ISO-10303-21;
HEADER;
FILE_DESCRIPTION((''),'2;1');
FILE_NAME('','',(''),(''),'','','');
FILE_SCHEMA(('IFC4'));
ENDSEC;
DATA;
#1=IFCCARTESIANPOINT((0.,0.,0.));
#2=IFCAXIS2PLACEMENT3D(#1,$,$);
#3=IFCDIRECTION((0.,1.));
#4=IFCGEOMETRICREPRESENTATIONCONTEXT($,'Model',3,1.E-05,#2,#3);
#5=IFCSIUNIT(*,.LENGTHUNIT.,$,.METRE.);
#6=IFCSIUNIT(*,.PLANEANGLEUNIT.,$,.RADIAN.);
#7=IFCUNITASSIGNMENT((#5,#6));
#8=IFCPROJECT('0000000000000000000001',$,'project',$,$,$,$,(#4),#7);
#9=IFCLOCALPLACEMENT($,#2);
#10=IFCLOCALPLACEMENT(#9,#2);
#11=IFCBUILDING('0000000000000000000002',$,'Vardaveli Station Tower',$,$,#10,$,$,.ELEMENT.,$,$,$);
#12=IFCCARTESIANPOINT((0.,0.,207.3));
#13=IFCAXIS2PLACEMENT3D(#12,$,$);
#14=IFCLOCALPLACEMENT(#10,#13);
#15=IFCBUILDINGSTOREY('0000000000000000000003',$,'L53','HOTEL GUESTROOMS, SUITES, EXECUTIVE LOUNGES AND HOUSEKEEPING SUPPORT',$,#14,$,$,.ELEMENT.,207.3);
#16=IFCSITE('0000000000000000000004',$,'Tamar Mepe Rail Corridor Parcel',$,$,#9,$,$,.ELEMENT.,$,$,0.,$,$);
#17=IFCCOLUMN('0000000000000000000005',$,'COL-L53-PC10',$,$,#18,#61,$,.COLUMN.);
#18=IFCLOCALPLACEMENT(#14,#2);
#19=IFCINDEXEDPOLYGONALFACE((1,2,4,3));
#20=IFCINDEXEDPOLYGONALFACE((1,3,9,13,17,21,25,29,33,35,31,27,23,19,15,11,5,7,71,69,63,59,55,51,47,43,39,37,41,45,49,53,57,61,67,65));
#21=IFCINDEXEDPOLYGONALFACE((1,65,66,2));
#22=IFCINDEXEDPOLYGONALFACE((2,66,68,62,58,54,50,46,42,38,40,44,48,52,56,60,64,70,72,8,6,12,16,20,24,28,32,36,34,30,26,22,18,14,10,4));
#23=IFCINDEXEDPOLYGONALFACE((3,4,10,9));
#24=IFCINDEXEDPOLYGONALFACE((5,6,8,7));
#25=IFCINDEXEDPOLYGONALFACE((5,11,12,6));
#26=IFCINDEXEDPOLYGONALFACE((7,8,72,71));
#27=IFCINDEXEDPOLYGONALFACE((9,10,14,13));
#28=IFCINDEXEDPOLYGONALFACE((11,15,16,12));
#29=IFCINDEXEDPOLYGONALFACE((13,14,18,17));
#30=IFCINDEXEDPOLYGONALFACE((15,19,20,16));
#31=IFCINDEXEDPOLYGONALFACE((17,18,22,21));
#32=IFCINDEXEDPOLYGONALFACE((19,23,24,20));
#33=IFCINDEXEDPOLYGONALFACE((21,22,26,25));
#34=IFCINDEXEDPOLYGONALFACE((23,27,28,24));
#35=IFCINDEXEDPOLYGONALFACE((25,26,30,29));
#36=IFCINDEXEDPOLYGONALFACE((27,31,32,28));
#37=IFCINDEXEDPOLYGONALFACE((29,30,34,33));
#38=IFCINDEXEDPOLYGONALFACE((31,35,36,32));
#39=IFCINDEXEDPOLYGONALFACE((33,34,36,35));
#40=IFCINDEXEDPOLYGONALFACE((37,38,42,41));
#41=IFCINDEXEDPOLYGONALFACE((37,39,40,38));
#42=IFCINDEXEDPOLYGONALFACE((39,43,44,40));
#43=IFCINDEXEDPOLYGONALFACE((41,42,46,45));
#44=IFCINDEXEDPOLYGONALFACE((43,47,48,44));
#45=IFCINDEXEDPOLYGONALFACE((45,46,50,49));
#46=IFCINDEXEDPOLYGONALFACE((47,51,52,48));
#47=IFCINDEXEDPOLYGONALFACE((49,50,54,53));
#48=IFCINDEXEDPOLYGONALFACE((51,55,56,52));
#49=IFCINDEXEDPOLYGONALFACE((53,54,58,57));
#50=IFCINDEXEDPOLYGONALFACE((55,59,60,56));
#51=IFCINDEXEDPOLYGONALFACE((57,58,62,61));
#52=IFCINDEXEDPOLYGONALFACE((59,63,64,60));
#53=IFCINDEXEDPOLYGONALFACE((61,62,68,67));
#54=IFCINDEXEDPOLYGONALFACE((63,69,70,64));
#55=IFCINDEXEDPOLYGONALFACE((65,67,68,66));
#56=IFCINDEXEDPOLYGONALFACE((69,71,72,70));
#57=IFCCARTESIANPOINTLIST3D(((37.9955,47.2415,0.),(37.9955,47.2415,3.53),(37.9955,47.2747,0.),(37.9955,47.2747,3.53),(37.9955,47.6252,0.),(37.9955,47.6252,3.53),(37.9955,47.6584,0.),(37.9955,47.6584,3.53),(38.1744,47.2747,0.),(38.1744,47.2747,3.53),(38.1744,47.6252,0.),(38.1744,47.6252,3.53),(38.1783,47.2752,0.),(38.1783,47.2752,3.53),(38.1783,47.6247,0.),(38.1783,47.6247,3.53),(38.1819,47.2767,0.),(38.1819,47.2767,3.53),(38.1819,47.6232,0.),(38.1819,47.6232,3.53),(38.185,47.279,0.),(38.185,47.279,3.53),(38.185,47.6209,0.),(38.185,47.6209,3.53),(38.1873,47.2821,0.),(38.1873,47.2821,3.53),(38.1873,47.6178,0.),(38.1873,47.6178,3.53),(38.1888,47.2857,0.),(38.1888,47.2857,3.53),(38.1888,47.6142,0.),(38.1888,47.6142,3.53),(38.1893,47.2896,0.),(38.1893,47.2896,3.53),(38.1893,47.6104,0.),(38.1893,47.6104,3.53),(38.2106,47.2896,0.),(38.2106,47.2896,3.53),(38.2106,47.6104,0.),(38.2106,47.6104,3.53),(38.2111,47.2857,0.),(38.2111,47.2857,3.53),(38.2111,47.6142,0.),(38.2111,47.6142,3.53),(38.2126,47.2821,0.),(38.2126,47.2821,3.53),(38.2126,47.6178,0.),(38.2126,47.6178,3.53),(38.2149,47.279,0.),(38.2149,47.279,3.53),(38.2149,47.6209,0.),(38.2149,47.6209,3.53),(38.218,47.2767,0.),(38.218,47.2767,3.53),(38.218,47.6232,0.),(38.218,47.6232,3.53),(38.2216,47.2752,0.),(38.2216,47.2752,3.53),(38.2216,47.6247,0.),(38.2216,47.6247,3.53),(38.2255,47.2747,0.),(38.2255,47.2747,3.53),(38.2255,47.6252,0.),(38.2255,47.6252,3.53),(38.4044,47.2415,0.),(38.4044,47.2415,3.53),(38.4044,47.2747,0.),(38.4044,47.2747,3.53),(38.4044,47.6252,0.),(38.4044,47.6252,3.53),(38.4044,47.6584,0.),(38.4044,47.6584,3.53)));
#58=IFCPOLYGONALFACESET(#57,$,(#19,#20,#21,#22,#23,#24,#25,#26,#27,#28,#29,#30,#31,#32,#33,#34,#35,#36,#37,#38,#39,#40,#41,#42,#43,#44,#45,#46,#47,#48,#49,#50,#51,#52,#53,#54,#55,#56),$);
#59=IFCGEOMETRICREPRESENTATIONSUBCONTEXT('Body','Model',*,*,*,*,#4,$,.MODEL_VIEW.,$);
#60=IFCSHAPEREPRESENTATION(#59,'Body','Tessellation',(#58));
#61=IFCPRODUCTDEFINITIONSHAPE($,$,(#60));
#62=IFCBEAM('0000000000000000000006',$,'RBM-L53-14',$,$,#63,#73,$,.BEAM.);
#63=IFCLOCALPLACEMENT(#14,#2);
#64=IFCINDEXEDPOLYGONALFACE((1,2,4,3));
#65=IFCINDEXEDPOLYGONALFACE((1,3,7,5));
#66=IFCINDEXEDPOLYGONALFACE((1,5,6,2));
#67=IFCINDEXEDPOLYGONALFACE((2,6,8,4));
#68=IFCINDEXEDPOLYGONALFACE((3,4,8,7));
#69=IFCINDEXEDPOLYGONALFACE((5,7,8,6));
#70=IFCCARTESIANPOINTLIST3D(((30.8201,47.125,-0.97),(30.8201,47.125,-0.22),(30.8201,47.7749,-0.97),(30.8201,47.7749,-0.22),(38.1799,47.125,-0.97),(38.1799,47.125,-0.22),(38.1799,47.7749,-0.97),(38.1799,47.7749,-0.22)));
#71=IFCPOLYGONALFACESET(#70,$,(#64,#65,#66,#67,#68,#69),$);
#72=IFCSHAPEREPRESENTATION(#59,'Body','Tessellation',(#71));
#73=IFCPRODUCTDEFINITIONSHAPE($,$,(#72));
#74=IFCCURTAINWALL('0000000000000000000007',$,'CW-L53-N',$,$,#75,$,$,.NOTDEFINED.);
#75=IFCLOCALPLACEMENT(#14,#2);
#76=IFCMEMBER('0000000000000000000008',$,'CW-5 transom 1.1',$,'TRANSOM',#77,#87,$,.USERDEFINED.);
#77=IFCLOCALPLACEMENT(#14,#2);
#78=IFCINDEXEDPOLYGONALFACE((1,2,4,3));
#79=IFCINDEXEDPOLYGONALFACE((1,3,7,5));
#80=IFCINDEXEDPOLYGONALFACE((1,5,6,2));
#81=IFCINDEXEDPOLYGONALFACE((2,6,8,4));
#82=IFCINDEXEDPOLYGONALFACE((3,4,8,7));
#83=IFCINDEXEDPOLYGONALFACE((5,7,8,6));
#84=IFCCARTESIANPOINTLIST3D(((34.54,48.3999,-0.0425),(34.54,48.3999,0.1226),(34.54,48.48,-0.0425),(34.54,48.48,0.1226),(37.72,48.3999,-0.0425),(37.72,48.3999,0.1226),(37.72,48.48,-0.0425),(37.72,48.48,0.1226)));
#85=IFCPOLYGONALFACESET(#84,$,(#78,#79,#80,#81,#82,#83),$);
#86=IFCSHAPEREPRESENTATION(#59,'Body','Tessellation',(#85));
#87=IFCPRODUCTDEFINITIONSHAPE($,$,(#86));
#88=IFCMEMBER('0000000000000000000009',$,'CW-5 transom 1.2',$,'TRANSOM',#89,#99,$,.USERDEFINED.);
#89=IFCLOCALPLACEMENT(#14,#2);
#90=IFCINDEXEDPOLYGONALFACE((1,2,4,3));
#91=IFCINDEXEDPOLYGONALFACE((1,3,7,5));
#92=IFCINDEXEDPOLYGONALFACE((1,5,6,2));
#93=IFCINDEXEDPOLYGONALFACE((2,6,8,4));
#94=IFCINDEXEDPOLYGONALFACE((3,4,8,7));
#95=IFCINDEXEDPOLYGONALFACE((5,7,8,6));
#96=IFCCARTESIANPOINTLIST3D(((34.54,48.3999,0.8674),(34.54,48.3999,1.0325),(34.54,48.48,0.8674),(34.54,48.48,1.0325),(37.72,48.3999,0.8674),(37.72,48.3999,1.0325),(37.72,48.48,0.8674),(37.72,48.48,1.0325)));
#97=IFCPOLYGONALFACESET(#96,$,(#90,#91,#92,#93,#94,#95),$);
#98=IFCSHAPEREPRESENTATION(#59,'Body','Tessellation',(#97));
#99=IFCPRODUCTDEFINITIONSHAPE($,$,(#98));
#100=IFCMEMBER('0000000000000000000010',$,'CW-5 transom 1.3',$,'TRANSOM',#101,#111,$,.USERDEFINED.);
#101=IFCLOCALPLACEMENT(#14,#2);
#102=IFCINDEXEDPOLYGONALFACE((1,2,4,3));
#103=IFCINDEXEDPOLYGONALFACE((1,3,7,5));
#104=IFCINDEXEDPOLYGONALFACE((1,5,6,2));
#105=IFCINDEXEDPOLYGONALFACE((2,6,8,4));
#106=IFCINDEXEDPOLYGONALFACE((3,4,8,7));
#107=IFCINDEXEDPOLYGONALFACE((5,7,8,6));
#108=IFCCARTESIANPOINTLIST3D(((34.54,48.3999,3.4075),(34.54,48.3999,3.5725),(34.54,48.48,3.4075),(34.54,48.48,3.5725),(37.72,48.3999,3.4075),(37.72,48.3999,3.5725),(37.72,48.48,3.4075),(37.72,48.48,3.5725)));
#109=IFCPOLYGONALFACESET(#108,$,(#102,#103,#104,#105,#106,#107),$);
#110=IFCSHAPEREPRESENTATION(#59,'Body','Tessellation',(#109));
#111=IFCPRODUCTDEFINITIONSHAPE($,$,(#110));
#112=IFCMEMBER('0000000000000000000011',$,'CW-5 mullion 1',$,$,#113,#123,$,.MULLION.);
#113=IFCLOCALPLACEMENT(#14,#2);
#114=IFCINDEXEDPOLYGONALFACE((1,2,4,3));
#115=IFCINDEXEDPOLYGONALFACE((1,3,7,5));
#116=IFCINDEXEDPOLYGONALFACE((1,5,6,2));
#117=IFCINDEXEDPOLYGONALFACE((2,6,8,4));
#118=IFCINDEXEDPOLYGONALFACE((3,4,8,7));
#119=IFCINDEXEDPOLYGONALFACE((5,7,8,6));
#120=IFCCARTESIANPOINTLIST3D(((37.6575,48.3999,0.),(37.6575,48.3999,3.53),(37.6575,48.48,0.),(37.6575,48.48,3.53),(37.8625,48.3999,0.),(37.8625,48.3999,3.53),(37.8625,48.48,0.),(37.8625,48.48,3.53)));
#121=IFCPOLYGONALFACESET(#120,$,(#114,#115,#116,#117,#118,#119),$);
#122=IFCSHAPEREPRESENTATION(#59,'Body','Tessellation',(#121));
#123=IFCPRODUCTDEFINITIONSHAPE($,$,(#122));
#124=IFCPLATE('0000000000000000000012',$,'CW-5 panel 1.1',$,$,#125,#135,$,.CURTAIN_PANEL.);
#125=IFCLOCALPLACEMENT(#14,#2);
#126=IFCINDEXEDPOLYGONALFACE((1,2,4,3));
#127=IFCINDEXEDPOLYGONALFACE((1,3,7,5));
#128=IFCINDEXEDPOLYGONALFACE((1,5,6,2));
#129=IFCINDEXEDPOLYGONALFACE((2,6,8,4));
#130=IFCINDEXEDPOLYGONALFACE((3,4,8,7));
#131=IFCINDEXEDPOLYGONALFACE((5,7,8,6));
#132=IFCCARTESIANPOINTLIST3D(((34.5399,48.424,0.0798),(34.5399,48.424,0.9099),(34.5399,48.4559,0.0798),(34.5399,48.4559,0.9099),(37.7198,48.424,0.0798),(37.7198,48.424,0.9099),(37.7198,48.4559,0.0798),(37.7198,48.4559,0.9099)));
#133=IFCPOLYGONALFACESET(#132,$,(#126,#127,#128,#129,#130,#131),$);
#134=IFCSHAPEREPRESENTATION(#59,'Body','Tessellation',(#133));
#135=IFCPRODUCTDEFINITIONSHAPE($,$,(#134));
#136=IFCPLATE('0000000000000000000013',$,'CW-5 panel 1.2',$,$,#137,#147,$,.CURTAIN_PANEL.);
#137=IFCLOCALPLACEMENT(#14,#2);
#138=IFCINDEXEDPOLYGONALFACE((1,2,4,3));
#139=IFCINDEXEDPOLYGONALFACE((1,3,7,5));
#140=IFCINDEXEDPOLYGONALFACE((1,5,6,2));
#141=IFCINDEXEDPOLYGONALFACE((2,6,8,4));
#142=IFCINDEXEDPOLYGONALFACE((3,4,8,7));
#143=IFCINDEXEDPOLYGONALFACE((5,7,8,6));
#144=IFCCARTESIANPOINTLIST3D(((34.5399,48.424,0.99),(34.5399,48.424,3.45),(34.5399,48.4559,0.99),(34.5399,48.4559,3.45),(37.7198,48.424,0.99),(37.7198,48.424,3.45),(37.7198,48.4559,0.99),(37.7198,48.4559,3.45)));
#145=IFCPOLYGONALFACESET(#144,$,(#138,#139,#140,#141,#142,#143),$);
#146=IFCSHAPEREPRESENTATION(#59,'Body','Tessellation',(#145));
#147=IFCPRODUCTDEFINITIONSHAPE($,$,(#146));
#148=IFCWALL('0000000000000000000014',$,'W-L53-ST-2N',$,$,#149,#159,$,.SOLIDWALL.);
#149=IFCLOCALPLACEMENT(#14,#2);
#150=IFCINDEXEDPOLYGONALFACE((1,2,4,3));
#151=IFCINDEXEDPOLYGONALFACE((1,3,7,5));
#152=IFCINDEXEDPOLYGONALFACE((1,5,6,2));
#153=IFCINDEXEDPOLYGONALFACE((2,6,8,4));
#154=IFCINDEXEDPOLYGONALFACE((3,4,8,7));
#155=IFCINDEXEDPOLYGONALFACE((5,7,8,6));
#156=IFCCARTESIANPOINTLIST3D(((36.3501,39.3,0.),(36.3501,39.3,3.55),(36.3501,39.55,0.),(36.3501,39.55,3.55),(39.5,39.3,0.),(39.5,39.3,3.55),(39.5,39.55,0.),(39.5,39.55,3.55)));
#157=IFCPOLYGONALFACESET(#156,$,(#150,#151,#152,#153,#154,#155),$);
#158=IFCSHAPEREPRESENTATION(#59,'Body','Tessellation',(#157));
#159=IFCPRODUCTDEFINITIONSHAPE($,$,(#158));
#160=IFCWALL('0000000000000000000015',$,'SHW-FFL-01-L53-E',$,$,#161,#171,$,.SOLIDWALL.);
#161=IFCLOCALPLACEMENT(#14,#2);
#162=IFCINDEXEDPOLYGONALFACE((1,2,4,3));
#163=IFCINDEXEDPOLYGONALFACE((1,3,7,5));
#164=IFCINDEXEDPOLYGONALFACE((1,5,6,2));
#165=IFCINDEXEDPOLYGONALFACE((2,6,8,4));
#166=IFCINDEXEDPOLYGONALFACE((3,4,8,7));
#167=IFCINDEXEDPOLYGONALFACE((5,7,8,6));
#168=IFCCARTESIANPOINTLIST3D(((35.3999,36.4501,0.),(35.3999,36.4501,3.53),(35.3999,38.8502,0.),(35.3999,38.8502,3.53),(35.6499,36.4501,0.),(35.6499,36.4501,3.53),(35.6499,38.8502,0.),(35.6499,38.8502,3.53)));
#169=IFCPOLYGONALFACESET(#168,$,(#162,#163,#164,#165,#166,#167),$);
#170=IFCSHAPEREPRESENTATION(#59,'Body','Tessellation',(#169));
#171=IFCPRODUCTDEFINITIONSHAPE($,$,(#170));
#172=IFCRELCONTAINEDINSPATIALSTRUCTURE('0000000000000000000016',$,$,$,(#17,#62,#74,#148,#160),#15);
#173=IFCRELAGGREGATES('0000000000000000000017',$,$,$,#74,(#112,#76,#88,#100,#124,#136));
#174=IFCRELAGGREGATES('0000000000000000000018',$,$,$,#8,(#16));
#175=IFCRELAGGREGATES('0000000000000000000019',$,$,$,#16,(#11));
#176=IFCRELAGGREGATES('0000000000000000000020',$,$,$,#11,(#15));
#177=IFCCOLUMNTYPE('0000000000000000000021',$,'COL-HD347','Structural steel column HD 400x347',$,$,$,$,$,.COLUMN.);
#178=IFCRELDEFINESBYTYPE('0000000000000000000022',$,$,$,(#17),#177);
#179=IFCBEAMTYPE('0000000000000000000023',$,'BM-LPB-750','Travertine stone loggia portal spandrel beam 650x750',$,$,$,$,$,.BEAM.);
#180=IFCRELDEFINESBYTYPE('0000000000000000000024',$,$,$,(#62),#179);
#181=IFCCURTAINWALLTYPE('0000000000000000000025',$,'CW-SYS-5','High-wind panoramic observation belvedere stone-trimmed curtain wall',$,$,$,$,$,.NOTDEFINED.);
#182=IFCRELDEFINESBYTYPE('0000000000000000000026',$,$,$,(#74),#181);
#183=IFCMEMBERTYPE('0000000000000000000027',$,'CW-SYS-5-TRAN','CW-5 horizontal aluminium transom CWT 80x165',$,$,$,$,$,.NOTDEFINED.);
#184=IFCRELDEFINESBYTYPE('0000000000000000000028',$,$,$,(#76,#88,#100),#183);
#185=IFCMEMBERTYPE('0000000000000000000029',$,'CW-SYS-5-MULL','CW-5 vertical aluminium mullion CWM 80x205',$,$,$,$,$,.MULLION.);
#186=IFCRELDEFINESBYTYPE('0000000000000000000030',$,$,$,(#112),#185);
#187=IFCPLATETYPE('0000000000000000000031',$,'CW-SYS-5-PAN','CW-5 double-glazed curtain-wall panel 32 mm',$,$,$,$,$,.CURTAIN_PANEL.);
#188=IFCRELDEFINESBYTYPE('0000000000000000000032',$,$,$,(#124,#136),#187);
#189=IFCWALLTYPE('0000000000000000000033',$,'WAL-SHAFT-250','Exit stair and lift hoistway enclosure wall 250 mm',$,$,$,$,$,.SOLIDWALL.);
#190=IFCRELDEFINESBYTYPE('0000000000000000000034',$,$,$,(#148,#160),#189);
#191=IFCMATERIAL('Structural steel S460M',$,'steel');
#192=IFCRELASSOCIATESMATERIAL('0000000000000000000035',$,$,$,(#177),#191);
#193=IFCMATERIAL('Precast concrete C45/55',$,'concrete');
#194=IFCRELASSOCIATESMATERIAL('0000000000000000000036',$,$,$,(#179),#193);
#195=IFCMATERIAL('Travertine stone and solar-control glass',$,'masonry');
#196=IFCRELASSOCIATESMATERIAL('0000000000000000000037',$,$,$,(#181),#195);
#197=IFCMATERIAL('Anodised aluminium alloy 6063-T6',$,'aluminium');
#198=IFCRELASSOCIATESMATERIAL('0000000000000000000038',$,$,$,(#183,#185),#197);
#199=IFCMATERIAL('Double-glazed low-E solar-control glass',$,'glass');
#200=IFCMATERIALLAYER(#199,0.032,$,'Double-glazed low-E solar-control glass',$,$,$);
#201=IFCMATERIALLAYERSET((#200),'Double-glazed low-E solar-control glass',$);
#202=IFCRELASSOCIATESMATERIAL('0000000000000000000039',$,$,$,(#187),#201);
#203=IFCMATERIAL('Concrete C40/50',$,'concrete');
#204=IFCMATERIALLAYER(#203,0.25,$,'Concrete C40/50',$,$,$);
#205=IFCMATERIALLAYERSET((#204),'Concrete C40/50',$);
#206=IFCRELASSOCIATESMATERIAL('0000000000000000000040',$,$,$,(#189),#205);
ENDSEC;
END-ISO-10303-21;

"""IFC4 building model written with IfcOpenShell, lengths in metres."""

from ifc_helpers import new_model, si_unit, direction, frame, frame_2d, origin, origin_2d, place, context, subcontext, project, spatial, rectangle, i_section, extrude, source, transform, mapped, material, layer, layer_set, material_profile, profile_set, type_object, element, aggregate, save


model = new_model("IFC4")

# Units and contexts
model_context = context("Model", 3, precision=1e-05, world=origin(), true_north=direction((0.0, 1.0)))
body_context = subcontext(model_context, "Body", "Model", "MODEL_VIEW")
ifc_project = project(units=[si_unit("LENGTHUNIT", "METRE"), si_unit("PLANEANGLEUNIT", "RADIAN")], contexts=[model_context])

# Site, building, storey
site_placement = place(None, origin())
site = spatial("IfcSite", under=ifc_project, at=site_placement, Name="Tamar Mepe Rail Corridor Parcel", CompositionType="ELEMENT", RefElevation=0.0)
building_placement = place(site_placement, origin())
building = spatial("IfcBuilding", under=site, at=building_placement, Name="Vardaveli Station Tower", CompositionType="ELEMENT")
storey_placement = place(building_placement, frame((0.0, 0.0, 207.3)))
storey = spatial("IfcBuildingStorey", under=building, at=storey_placement, Name="L53", Description="HOTEL GUESTROOMS, SUITES, EXECUTIVE LOUNGES AND HOUSEKEEPING SUPPORT", CompositionType="ELEMENT", Elevation=207.3)

# Column
ifc_material_1 = material(Name="Structural steel S460M", Category="steel")
ifc_material_profile_1 = material_profile(ifc_material_1, i_section(OverallWidth=0.4089, OverallDepth=0.417, WebThickness=0.0212, FlangeThickness=0.0332, FilletRadius=0.0149, at=origin_2d()), Name="HD 400x347")
ifc_profile_set_1 = profile_set([ifc_material_profile_1], Name="Structural steel S460M")
column_type = type_object("IfcColumnType", Name="COL-HD347", Description="Structural steel column HD 400x347", PredefinedType="COLUMN", material=ifc_profile_set_1)
shared_shape_1 = source(origin(), body_context, "Body", "SweptSolid", [
    extrude(i_section(OverallWidth=0.4089, OverallDepth=0.417, WebThickness=0.0212, FlangeThickness=0.0332, FilletRadius=0.0149, at=origin_2d()), origin(), (0.0, 0.0, 1.0), 3.53),
])
column_placement = place(storey_placement, frame((38.2, 47.45, 0.0), z_axis=(0.0, 0.0, 1.0), x_axis=(1.0, 0.0, 0.0)))
element("IfcColumn", 1, at=column_placement, inside=storey, type_object=column_type, Name="COL-L53-PC10", PredefinedType="COLUMN", context=body_context, shape_type="MappedRepresentation", body=[
    mapped(shared_shape_1, transform((0.0, 0.0, 0.0), scale=1.0)),
])

# Beam
ifc_material_2 = material(Name="Precast concrete C45/55", Category="concrete")
ifc_material_profile_2 = material_profile(ifc_material_2, rectangle(XDim=0.6499, YDim=0.75, at=origin_2d()), Name="LPB 650x750")
ifc_profile_set_2 = profile_set([ifc_material_profile_2], Name="Precast concrete C45/55")
beam_type = type_object("IfcBeamType", Name="BM-LPB-750", Description="Travertine stone loggia portal spandrel beam 650x750", PredefinedType="BEAM", material=ifc_profile_set_2)
shared_shape_2 = source(origin(), body_context, "Body", "SweptSolid", [
    extrude(rectangle(XDim=0.6499, YDim=0.75, at=origin_2d()), origin(), (0.0, 0.0, 1.0), 7.3599),
])
beam_placement = place(storey_placement, frame((38.1799, 47.45, -0.595), z_axis=(-1.0, 0.0, 0.0), x_axis=(0.0, -1.0, 0.0)))
element("IfcBeam", 2, at=beam_placement, inside=storey, type_object=beam_type, Name="RBM-L53-14", PredefinedType="BEAM", context=body_context, shape_type="MappedRepresentation", body=[
    mapped(shared_shape_2, transform((0.0, 0.0, 0.0), scale=1.0)),
])

# Curtain wall, members, plates
ifc_material_3 = material(Name="Travertine stone and solar-control glass", Category="masonry")
curtain_wall_type = type_object("IfcCurtainWallType", Name="CW-SYS-5", Description="High-wind panoramic observation belvedere stone-trimmed curtain wall", PredefinedType="NOTDEFINED", material=ifc_material_3)
curtain_wall_placement = place(storey_placement, origin())
curtain_wall = element("IfcCurtainWall", 3, at=curtain_wall_placement, inside=storey, type_object=curtain_wall_type, Name="CW-L53-N", PredefinedType="NOTDEFINED")
ifc_material_4 = material(Name="Anodised aluminium alloy 6063-T6", Category="aluminium")
ifc_material_profile_3 = material_profile(ifc_material_4, rectangle(XDim=0.0801, YDim=0.165, at=origin_2d()), Name="CWT 80x165")
ifc_profile_set_3 = profile_set([ifc_material_profile_3], Name="Anodised aluminium alloy 6063-T6")
member_type_1 = type_object("IfcMemberType", Name="CW-SYS-5-TRAN", Description="CW-5 horizontal aluminium transom CWT 80x165", PredefinedType="NOTDEFINED", material=ifc_profile_set_3)
shared_shape_3 = source(origin(), body_context, "Body", "SweptSolid", [
    extrude(rectangle(XDim=0.0801, YDim=0.165, at=origin_2d()), origin(), (0.0, 0.0, 1.0), 3.1799),
])
member_1_placement = place(storey_placement, frame((37.72, 48.4399, 0.04), z_axis=(-1.0, 0.0, 0.0), x_axis=(0.0, -1.0, 0.0)))
member_1 = element("IfcMember", 4, at=member_1_placement, type_object=member_type_1, Name="CW-5 transom 1.1", ObjectType="TRANSOM", PredefinedType="USERDEFINED", context=body_context, shape_type="MappedRepresentation", body=[
    mapped(shared_shape_3, transform((0.0, 0.0, 0.0), scale=1.0)),
])
member_2_placement = place(storey_placement, frame((37.72, 48.4399, 0.95), z_axis=(-1.0, 0.0, 0.0), x_axis=(0.0, -1.0, 0.0)))
member_2 = element("IfcMember", 5, at=member_2_placement, type_object=member_type_1, Name="CW-5 transom 1.2", ObjectType="TRANSOM", PredefinedType="USERDEFINED", context=body_context, shape_type="MappedRepresentation", body=[
    mapped(shared_shape_3, transform((0.0, 0.0, 0.0), scale=1.0)),
])
member_3_placement = place(storey_placement, frame((37.72, 48.4399, 3.49), z_axis=(-1.0, 0.0, 0.0), x_axis=(0.0, -1.0, 0.0)))
member_3 = element("IfcMember", 6, at=member_3_placement, type_object=member_type_1, Name="CW-5 transom 1.3", ObjectType="TRANSOM", PredefinedType="USERDEFINED", context=body_context, shape_type="MappedRepresentation", body=[
    mapped(shared_shape_3, transform((0.0, 0.0, 0.0), scale=1.0)),
])
ifc_material_profile_4 = material_profile(ifc_material_4, rectangle(XDim=0.0801, YDim=0.2051, at=origin_2d()), Name="CWM 80x205")
ifc_profile_set_4 = profile_set([ifc_material_profile_4], Name="Anodised aluminium alloy 6063-T6")
member_type_2 = type_object("IfcMemberType", Name="CW-SYS-5-MULL", Description="CW-5 vertical aluminium mullion CWM 80x205", PredefinedType="MULLION", material=ifc_profile_set_4)
shared_shape_4 = source(origin(), body_context, "Body", "SweptSolid", [
    extrude(rectangle(XDim=0.0801, YDim=0.2051, at=origin_2d()), origin(), (0.0, 0.0, 1.0), 3.53),
])
member_4_placement = place(storey_placement, frame((37.76, 48.4399, 0.0), z_axis=(0.0, 0.0, 1.0), x_axis=(0.0, -1.0, 0.0)))
member_4 = element("IfcMember", 7, at=member_4_placement, type_object=member_type_2, Name="CW-5 mullion 1", PredefinedType="MULLION", context=body_context, shape_type="MappedRepresentation", body=[
    mapped(shared_shape_4, transform((0.0, 0.0, 0.0), scale=1.0)),
])
ifc_material_5 = material(Name="Double-glazed low-E solar-control glass", Category="glass")
ifc_layer_1 = layer(ifc_material_5, 0.032, Name="Double-glazed low-E solar-control glass")
ifc_layer_set_1 = layer_set([ifc_layer_1], Name="Double-glazed low-E solar-control glass")
plate_type = type_object("IfcPlateType", Name="CW-SYS-5-PAN", Description="CW-5 double-glazed curtain-wall panel 32 mm", PredefinedType="CURTAIN_PANEL", material=ifc_layer_set_1)
shared_shape_5 = source(origin(), body_context, "Body", "SweptSolid", [
    extrude(rectangle(XDim=3.1799, YDim=0.032, at=origin_2d()), origin(), (0.0, 0.0, 1.0), 0.8301),
])
plate_1_placement = place(storey_placement, frame((36.1299, 48.4399, 0.0798), z_axis=(0.0, 0.0, 1.0), x_axis=(-1.0, 0.0, 0.0)))
plate_1 = element("IfcPlate", 8, at=plate_1_placement, type_object=plate_type, Name="CW-5 panel 1.1", PredefinedType="CURTAIN_PANEL", context=body_context, shape_type="MappedRepresentation", body=[
    mapped(shared_shape_5, transform((0.0, 0.0, 0.0), scale=1.0)),
])
shared_shape_6 = source(origin(), body_context, "Body", "SweptSolid", [
    extrude(rectangle(XDim=3.1799, YDim=0.032, at=origin_2d()), origin(), (0.0, 0.0, 1.0), 2.46),
])
plate_2_placement = place(storey_placement, frame((36.1299, 48.4399, 0.99), z_axis=(0.0, 0.0, 1.0), x_axis=(-1.0, 0.0, 0.0)))
plate_2 = element("IfcPlate", 9, at=plate_2_placement, type_object=plate_type, Name="CW-5 panel 1.2", PredefinedType="CURTAIN_PANEL", context=body_context, shape_type="MappedRepresentation", body=[
    mapped(shared_shape_6, transform((0.0, 0.0, 0.0), scale=1.0)),
])
aggregate(curtain_wall, [member_4, member_1, member_2, member_3, plate_1, plate_2])

# Walls
ifc_material_6 = material(Name="Concrete C40/50", Category="concrete")
ifc_layer_2 = layer(ifc_material_6, 0.25, Name="Concrete C40/50")
ifc_layer_set_2 = layer_set([ifc_layer_2], Name="Concrete C40/50")
wall_type_1 = type_object("IfcWallType", Name="WAL-SHAFT-250", Description="Exit stair and lift hoistway enclosure wall 250 mm", PredefinedType="SOLIDWALL", material=ifc_layer_set_2)
shared_shape_7 = source(origin(), body_context, "Body", "SweptSolid", [
    extrude(rectangle(XDim=3.1499, YDim=0.25, at=frame_2d((1.575, 0.0))), origin(), (0.0, 0.0, 1.0), 3.55),
])
wall_1_placement = place(storey_placement, frame((36.3501, 39.425, 0.0), z_axis=(0.0, 0.0, 1.0), x_axis=(1.0, 0.0, 0.0)))
element("IfcWall", 10, at=wall_1_placement, inside=storey, type_object=wall_type_1, Name="W-L53-ST-2N", PredefinedType="SOLIDWALL", context=body_context, shape_type="MappedRepresentation", body=[
    mapped(shared_shape_7, transform((0.0, 0.0, 0.0), scale=1.0)),
])
shared_shape_8 = source(origin(), body_context, "Body", "SweptSolid", [
    extrude(rectangle(XDim=2.4001, YDim=0.25, at=frame_2d((1.2002, 0.0))), origin(), (0.0, 0.0, 1.0), 3.53),
])
for number, where, z_axis, x_axis, name in (
    (11, (35.5249, 36.45, 0.0), (0.0, 0.0, 1.0), (0.0, 1.0, 0.0), "SHW-FFL-01-L53-E"),
):
    element("IfcWall", number, at=place(storey_placement, frame(where, z_axis=z_axis, x_axis=x_axis)), inside=storey, type_object=wall_type_1, Name=name, PredefinedType="SOLIDWALL", context=body_context, shape_type="MappedRepresentation", body=[
        mapped(shared_shape_8, transform((0.0, 0.0, 0.0), scale=1.0)),
    ])

save(model, "model.ifc")
